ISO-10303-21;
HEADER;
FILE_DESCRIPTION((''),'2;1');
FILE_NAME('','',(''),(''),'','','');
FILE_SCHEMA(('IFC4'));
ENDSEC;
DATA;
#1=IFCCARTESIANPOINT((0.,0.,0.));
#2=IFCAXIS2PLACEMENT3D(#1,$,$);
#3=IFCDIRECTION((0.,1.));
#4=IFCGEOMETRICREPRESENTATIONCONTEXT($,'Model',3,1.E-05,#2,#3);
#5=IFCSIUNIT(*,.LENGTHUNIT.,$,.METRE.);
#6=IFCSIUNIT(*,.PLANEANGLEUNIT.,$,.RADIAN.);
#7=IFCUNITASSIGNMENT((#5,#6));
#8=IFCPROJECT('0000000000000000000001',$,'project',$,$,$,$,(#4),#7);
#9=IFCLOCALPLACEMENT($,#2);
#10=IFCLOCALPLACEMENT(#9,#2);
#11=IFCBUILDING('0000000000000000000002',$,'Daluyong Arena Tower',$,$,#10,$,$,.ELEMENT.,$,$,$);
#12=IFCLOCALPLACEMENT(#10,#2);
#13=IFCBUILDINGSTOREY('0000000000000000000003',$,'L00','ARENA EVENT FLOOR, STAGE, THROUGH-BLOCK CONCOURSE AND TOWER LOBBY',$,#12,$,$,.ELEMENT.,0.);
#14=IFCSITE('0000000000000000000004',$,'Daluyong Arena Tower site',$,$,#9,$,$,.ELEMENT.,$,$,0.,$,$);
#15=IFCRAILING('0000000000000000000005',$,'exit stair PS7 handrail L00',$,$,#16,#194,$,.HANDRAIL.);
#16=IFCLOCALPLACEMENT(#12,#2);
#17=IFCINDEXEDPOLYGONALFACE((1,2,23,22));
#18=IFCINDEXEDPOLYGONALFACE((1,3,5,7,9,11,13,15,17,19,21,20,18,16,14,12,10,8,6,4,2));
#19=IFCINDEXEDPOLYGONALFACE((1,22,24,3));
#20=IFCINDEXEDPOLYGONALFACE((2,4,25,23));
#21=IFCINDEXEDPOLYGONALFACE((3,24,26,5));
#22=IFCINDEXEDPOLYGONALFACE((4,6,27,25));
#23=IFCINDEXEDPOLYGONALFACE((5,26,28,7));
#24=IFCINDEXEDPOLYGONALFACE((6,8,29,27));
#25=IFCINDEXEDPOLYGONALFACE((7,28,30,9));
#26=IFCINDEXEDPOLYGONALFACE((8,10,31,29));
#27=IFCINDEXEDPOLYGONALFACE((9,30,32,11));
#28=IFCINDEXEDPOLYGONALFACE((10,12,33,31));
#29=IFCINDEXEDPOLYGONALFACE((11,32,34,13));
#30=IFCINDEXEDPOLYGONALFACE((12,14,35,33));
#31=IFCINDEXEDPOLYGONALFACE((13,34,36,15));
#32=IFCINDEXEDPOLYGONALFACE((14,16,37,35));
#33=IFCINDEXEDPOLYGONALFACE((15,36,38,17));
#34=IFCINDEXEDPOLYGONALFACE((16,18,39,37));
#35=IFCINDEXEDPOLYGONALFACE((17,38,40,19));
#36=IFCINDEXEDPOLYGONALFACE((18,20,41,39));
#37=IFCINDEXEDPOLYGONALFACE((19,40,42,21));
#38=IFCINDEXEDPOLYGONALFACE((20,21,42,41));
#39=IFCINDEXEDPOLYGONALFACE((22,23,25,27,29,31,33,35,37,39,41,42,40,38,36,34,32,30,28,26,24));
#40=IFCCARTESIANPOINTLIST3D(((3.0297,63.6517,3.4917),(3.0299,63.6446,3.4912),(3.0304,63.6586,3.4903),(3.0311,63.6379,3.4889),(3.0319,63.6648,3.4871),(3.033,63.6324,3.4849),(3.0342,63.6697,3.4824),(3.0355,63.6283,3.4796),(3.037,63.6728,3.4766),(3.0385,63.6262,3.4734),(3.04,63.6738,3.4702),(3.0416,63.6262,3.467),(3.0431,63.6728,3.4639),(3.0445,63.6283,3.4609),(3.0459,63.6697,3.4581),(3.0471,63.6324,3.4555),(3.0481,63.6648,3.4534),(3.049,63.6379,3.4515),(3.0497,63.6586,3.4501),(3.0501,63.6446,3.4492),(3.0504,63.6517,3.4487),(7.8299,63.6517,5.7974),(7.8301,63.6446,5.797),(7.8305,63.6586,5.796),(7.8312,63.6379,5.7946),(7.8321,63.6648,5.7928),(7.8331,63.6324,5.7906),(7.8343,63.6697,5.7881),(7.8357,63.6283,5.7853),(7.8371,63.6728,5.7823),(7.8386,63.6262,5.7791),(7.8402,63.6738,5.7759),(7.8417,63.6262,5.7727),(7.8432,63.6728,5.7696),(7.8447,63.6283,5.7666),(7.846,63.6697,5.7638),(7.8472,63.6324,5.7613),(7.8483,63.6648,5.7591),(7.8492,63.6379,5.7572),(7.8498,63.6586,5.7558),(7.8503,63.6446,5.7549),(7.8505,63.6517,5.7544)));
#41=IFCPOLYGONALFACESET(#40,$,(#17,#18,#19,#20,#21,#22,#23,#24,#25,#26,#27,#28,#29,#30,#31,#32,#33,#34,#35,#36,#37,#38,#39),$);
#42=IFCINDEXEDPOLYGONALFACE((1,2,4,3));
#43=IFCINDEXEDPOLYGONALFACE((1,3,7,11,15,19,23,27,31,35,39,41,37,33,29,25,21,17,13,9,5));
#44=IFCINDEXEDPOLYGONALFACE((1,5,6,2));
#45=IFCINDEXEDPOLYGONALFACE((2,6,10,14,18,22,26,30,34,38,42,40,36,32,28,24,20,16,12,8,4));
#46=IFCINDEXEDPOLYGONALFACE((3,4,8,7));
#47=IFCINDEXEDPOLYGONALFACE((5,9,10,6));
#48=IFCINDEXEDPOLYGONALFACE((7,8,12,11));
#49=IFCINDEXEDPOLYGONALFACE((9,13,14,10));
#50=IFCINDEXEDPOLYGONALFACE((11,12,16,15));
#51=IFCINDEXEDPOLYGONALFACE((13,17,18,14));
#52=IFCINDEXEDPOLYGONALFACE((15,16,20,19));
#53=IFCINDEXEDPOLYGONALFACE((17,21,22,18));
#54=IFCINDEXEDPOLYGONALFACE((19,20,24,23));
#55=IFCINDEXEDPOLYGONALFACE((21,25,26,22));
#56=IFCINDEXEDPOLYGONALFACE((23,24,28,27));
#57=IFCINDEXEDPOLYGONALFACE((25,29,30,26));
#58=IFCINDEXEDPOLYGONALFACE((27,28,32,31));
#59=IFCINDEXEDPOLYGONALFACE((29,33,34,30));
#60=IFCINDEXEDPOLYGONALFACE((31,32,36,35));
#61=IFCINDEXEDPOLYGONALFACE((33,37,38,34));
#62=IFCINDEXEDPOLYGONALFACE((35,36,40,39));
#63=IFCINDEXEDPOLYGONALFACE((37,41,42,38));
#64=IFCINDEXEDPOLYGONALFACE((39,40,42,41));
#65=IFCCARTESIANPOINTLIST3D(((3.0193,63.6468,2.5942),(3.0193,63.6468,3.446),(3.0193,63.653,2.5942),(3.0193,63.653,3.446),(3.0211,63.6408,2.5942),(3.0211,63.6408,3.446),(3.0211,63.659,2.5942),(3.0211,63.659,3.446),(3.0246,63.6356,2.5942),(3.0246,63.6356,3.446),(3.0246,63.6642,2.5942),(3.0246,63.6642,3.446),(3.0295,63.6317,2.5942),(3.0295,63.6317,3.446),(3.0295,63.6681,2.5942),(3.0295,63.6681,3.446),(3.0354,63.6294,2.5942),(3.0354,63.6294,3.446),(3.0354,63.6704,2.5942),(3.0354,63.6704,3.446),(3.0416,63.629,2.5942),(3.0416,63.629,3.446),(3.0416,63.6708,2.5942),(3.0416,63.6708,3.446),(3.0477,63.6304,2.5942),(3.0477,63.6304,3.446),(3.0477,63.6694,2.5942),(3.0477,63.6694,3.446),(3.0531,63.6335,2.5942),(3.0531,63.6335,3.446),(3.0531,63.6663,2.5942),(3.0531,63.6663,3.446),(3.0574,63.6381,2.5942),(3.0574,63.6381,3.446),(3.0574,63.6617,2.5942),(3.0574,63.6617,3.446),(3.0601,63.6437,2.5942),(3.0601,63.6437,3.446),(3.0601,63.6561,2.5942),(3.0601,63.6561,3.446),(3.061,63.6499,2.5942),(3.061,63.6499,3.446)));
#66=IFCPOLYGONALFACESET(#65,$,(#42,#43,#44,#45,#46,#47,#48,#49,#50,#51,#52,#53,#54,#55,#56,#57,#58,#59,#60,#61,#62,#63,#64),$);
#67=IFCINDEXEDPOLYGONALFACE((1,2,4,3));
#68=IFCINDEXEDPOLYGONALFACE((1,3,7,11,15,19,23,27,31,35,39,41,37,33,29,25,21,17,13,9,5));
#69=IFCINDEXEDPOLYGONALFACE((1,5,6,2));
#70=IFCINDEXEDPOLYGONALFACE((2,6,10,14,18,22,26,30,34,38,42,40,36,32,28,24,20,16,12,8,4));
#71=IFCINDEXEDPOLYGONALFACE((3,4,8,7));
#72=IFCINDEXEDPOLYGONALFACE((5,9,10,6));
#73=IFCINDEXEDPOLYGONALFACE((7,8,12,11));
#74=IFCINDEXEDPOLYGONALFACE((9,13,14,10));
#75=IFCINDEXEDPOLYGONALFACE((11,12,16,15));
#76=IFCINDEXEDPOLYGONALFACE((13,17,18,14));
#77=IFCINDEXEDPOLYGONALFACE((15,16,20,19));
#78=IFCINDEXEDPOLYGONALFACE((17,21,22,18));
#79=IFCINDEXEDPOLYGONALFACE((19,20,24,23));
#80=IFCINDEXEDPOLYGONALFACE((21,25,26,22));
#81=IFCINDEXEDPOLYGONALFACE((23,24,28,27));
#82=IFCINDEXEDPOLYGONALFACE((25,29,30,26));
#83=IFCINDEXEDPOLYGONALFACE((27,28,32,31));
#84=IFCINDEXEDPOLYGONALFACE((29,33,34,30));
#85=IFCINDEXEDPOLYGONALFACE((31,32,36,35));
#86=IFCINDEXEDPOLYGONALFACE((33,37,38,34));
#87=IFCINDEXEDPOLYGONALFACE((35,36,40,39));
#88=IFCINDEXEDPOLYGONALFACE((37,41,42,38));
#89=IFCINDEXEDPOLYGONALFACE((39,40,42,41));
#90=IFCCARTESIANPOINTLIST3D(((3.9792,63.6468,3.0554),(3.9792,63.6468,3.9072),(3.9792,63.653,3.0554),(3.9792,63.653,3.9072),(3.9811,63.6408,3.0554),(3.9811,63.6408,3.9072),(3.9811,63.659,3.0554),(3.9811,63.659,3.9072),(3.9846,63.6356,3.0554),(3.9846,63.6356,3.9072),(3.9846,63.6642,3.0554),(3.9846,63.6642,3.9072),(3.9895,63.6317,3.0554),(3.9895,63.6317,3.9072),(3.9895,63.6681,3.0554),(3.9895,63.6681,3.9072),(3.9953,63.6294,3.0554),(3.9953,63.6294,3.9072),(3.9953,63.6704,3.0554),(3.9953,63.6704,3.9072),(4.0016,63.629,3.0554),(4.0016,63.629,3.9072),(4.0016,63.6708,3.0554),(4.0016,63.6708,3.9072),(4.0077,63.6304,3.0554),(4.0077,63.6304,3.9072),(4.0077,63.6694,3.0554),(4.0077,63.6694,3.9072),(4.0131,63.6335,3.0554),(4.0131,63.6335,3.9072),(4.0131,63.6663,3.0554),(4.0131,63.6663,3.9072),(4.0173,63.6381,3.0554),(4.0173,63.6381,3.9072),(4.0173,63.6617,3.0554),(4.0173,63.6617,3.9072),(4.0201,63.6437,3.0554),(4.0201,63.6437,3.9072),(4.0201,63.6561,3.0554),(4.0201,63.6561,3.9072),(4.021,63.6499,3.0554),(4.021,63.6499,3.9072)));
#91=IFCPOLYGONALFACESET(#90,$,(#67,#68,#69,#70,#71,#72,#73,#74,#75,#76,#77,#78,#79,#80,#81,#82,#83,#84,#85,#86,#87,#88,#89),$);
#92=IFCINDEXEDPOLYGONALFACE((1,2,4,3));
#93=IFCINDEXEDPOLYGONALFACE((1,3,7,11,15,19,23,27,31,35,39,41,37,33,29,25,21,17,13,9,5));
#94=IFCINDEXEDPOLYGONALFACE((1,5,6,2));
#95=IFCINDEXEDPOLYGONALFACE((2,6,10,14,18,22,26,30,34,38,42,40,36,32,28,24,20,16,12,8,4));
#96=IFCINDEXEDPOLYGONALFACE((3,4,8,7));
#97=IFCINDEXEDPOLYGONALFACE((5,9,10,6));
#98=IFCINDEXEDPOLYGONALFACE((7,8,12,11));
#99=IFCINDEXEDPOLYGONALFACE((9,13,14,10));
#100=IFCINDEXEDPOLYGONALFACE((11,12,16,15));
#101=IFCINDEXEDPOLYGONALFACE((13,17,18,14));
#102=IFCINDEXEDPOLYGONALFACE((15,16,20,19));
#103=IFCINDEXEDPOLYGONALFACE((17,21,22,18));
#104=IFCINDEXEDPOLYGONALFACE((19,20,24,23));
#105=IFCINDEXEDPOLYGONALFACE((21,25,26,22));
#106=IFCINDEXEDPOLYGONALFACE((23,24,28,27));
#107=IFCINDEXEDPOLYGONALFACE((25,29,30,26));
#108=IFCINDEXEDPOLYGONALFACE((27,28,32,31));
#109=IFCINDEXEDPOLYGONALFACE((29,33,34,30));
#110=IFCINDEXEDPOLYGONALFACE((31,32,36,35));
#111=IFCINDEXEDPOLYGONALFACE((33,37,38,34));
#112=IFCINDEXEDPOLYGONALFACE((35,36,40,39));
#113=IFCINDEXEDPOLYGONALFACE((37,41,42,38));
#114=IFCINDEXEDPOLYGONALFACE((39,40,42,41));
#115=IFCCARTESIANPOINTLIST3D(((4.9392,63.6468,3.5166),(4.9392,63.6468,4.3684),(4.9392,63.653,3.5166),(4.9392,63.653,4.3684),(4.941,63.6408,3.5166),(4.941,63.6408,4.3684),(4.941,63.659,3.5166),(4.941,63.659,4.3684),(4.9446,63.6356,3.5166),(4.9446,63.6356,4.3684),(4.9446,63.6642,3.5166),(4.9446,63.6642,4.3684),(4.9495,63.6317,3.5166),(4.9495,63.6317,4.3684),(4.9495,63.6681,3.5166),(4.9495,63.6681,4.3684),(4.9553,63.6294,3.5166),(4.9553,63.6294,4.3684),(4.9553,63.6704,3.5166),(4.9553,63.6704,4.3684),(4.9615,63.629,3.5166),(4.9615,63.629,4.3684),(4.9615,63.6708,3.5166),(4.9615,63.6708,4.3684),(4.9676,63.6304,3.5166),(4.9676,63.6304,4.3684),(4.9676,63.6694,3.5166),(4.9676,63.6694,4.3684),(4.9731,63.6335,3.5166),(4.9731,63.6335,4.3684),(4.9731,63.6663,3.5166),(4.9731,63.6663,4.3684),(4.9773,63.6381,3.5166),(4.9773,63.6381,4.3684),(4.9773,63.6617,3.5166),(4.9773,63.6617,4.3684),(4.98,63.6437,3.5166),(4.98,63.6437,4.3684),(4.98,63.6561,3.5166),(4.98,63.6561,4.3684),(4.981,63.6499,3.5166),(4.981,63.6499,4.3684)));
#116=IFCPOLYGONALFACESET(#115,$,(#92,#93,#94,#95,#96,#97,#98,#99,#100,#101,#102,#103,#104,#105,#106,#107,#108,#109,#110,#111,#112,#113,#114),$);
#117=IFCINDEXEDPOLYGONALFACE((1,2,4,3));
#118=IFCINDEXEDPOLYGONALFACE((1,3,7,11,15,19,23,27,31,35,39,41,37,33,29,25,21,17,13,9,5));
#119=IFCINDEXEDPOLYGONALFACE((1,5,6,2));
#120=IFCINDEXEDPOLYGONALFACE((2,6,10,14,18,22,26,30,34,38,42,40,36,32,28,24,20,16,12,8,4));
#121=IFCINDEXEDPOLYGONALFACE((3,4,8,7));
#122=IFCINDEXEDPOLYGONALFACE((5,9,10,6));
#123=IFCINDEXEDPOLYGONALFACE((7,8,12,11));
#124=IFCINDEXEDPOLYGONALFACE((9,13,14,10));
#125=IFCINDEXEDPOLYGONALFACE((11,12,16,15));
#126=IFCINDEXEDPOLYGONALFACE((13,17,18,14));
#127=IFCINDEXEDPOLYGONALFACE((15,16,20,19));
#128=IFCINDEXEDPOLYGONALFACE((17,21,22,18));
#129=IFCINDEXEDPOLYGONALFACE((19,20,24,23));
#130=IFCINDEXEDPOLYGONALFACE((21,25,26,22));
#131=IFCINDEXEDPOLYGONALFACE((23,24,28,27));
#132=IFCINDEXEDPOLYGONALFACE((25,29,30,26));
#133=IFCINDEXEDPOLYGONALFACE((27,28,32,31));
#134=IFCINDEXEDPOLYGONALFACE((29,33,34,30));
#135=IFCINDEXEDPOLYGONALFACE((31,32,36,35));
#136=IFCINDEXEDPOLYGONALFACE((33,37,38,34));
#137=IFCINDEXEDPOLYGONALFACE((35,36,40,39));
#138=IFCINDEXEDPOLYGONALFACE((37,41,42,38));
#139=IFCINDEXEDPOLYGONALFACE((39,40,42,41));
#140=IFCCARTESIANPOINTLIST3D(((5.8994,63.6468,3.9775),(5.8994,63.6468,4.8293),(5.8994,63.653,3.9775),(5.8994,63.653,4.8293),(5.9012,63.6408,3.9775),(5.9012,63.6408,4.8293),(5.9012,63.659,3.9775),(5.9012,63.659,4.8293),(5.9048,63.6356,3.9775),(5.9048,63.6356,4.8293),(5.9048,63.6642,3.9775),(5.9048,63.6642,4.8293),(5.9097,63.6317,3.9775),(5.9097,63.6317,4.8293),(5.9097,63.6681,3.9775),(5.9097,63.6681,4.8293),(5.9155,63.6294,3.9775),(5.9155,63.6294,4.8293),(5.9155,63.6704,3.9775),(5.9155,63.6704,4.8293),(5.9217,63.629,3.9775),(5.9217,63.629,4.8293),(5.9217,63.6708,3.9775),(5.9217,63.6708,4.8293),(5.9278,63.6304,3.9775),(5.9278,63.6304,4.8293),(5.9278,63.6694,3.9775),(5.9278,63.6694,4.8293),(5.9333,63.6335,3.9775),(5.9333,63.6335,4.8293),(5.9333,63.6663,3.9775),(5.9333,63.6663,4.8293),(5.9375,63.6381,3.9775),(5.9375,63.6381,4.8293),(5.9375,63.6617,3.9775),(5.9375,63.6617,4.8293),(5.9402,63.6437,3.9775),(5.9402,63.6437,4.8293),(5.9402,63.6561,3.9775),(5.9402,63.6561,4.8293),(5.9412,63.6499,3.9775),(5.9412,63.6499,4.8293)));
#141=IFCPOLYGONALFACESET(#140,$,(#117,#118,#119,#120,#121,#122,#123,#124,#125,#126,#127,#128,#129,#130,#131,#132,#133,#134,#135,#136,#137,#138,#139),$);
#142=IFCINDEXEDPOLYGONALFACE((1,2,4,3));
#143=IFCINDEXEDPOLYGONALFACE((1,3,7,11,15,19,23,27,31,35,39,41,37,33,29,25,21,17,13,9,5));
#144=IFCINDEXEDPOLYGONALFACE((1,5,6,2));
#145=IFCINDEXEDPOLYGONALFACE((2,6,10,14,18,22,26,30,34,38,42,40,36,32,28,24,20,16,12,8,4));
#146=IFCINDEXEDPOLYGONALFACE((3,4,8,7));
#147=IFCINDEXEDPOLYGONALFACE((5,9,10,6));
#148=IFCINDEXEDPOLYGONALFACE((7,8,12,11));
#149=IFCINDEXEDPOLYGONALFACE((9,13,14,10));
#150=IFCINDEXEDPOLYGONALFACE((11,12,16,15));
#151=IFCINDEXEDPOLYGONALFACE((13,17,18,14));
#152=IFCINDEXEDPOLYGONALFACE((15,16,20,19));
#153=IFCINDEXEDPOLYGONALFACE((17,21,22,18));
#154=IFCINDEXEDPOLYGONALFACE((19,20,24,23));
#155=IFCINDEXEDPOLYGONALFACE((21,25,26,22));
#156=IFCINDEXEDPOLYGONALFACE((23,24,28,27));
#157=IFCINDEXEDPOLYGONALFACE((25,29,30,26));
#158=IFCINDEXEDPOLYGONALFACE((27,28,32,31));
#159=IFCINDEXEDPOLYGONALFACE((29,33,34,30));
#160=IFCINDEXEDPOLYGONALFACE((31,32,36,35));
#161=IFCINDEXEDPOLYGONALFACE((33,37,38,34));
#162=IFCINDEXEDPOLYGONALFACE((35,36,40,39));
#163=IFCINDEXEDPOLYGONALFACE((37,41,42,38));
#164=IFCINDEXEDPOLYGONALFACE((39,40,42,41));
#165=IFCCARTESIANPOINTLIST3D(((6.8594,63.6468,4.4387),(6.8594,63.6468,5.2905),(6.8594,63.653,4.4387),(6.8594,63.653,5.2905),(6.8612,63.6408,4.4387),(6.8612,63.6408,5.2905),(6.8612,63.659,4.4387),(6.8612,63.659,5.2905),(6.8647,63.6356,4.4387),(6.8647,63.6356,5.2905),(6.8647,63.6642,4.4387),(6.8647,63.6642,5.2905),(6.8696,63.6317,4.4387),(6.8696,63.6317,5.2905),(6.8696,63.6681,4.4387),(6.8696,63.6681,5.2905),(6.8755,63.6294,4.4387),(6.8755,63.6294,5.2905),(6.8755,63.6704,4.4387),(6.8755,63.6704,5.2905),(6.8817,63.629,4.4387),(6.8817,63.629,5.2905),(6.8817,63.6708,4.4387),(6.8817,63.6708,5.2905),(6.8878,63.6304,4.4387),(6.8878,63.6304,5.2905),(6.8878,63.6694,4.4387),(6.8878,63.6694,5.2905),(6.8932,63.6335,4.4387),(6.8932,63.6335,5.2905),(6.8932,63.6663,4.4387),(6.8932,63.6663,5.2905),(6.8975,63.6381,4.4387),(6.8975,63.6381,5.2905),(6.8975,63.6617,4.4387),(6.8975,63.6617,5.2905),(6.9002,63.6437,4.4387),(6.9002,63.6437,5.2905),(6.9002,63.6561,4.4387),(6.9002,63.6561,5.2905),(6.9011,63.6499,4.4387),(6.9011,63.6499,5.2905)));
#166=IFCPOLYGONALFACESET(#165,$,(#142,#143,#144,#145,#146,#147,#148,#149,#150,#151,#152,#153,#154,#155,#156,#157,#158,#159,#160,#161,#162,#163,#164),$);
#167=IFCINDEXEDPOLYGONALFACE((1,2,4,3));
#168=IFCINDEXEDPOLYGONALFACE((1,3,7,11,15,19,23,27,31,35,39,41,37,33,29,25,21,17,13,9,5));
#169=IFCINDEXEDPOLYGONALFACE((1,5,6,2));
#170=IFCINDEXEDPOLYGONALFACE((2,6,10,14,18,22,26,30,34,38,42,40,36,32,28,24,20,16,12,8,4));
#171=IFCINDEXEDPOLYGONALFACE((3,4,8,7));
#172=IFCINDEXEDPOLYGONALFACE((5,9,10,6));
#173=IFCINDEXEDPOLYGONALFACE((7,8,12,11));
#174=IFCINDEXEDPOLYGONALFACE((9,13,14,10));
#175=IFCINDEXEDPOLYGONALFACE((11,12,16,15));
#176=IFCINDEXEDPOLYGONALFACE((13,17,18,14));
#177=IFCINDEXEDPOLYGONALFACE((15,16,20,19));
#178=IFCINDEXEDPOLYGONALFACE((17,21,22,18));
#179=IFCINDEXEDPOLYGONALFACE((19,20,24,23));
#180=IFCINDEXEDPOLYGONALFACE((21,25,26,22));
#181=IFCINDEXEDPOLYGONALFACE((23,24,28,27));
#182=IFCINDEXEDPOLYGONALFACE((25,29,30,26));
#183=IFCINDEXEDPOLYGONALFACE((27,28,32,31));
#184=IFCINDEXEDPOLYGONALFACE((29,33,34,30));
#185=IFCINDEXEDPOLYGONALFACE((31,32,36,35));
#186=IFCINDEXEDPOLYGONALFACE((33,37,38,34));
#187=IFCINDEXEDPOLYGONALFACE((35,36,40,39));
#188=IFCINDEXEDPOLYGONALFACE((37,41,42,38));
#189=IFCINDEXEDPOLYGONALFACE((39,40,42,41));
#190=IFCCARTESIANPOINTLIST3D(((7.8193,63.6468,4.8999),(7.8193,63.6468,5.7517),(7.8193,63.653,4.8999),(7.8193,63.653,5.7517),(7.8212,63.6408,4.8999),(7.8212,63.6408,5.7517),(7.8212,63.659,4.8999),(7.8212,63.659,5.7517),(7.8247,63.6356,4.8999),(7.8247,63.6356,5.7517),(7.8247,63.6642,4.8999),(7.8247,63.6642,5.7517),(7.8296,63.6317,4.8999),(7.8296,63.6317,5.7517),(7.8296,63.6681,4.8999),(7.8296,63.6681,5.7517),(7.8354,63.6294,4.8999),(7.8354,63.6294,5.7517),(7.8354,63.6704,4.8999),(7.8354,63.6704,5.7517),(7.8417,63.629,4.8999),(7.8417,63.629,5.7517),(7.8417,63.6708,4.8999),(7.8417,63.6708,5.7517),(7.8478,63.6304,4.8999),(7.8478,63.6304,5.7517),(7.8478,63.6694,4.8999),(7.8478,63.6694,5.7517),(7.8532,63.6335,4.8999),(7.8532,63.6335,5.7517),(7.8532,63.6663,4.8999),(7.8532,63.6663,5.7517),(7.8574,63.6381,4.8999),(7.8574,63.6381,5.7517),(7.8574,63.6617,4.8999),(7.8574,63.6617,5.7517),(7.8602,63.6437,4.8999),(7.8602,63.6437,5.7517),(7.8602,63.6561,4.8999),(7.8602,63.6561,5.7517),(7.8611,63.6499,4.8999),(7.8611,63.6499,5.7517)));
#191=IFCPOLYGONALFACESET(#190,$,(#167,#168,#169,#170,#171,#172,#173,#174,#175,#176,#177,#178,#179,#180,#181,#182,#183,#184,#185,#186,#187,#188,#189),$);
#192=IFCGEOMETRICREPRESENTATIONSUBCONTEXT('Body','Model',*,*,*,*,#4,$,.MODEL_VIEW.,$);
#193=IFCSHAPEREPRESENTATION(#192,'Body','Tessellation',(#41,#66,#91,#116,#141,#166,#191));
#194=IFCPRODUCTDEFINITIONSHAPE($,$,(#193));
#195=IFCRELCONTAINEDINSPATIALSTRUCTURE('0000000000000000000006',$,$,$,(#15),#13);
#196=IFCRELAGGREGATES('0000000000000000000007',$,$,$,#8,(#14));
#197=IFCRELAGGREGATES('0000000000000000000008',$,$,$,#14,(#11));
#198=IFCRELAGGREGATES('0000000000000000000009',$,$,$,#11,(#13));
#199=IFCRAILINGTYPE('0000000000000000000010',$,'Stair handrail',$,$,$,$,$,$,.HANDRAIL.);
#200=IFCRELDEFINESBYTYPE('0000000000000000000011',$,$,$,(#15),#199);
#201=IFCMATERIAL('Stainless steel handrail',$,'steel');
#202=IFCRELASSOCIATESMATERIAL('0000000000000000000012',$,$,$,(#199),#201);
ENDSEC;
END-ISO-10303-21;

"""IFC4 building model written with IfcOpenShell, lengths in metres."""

from ifc_helpers import new_model, si_unit, direction, frame, origin, origin_2d, place, context, subcontext, project, spatial, circle, extrude, material, type_object, element, save


model = new_model("IFC4")

# Units and contexts
model_context = context("Model", 3, precision=1e-05, world=origin(), true_north=direction((0.0, 1.0)))
body_context = subcontext(model_context, "Body", "Model", "MODEL_VIEW")
ifc_project = project(units=[si_unit("LENGTHUNIT", "METRE"), si_unit("PLANEANGLEUNIT", "RADIAN")], contexts=[model_context])

# Site, building, storey
site_placement = place(None, origin())
site = spatial("IfcSite", under=ifc_project, at=site_placement, Name="Daluyong Arena Tower site", CompositionType="ELEMENT", RefElevation=0.0)
building_placement = place(site_placement, origin())
building = spatial("IfcBuilding", under=site, at=building_placement, Name="Daluyong Arena Tower", CompositionType="ELEMENT")
storey_placement = place(building_placement, origin())
storey = spatial("IfcBuildingStorey", under=building, at=storey_placement, Name="L00", Description="ARENA EVENT FLOOR, STAGE, THROUGH-BLOCK CONCOURSE AND TOWER LOBBY", CompositionType="ELEMENT", Elevation=0.0)

# Railing
ifc_material_1 = material(Name="Stainless steel handrail", Category="steel")
railing_type_1 = type_object("IfcRailingType", Name="Stair handrail", PredefinedType="HANDRAIL", material=ifc_material_1)
railing_1_placement = place(storey_placement, frame((3.04, 63.6499, 2.5942)))
element("IfcRailing", 1, at=railing_1_placement, inside=storey, type_object=railing_type_1, Name="exit stair PS7 handrail L00", PredefinedType="HANDRAIL", context=body_context, shape_type="SweptSolid", body=[
    extrude(circle(Radius=0.0239, at=origin_2d()), frame((0.0, 0.0, 0.876), z_axis=(0.901403, 0.0, 0.432981), x_axis=(0.0, 1.0, 0.0)), (0.0, 0.0, 1.0), 5.3252),
    extrude(circle(Radius=0.021, at=origin_2d()), origin(), (0.0, 0.0, 1.0), 0.8518),
    extrude(circle(Radius=0.021, at=origin_2d()), frame((0.96, 0.0, 0.4612)), (0.0, 0.0, 1.0), 0.8518),
    extrude(circle(Radius=0.021, at=origin_2d()), frame((1.9199, 0.0, 0.9224)), (0.0, 0.0, 1.0), 0.8518),
    extrude(circle(Radius=0.021, at=origin_2d()), frame((2.8801, 0.0, 1.3833)), (0.0, 0.0, 1.0), 0.8518),
    extrude(circle(Radius=0.021, at=origin_2d()), frame((3.8401, 0.0, 1.8445)), (0.0, 0.0, 1.0), 0.8518),
    extrude(circle(Radius=0.021, at=origin_2d()), frame((4.8, 0.0, 2.3057)), (0.0, 0.0, 1.0), 0.8518),
])

save(model, "model.ifc")
